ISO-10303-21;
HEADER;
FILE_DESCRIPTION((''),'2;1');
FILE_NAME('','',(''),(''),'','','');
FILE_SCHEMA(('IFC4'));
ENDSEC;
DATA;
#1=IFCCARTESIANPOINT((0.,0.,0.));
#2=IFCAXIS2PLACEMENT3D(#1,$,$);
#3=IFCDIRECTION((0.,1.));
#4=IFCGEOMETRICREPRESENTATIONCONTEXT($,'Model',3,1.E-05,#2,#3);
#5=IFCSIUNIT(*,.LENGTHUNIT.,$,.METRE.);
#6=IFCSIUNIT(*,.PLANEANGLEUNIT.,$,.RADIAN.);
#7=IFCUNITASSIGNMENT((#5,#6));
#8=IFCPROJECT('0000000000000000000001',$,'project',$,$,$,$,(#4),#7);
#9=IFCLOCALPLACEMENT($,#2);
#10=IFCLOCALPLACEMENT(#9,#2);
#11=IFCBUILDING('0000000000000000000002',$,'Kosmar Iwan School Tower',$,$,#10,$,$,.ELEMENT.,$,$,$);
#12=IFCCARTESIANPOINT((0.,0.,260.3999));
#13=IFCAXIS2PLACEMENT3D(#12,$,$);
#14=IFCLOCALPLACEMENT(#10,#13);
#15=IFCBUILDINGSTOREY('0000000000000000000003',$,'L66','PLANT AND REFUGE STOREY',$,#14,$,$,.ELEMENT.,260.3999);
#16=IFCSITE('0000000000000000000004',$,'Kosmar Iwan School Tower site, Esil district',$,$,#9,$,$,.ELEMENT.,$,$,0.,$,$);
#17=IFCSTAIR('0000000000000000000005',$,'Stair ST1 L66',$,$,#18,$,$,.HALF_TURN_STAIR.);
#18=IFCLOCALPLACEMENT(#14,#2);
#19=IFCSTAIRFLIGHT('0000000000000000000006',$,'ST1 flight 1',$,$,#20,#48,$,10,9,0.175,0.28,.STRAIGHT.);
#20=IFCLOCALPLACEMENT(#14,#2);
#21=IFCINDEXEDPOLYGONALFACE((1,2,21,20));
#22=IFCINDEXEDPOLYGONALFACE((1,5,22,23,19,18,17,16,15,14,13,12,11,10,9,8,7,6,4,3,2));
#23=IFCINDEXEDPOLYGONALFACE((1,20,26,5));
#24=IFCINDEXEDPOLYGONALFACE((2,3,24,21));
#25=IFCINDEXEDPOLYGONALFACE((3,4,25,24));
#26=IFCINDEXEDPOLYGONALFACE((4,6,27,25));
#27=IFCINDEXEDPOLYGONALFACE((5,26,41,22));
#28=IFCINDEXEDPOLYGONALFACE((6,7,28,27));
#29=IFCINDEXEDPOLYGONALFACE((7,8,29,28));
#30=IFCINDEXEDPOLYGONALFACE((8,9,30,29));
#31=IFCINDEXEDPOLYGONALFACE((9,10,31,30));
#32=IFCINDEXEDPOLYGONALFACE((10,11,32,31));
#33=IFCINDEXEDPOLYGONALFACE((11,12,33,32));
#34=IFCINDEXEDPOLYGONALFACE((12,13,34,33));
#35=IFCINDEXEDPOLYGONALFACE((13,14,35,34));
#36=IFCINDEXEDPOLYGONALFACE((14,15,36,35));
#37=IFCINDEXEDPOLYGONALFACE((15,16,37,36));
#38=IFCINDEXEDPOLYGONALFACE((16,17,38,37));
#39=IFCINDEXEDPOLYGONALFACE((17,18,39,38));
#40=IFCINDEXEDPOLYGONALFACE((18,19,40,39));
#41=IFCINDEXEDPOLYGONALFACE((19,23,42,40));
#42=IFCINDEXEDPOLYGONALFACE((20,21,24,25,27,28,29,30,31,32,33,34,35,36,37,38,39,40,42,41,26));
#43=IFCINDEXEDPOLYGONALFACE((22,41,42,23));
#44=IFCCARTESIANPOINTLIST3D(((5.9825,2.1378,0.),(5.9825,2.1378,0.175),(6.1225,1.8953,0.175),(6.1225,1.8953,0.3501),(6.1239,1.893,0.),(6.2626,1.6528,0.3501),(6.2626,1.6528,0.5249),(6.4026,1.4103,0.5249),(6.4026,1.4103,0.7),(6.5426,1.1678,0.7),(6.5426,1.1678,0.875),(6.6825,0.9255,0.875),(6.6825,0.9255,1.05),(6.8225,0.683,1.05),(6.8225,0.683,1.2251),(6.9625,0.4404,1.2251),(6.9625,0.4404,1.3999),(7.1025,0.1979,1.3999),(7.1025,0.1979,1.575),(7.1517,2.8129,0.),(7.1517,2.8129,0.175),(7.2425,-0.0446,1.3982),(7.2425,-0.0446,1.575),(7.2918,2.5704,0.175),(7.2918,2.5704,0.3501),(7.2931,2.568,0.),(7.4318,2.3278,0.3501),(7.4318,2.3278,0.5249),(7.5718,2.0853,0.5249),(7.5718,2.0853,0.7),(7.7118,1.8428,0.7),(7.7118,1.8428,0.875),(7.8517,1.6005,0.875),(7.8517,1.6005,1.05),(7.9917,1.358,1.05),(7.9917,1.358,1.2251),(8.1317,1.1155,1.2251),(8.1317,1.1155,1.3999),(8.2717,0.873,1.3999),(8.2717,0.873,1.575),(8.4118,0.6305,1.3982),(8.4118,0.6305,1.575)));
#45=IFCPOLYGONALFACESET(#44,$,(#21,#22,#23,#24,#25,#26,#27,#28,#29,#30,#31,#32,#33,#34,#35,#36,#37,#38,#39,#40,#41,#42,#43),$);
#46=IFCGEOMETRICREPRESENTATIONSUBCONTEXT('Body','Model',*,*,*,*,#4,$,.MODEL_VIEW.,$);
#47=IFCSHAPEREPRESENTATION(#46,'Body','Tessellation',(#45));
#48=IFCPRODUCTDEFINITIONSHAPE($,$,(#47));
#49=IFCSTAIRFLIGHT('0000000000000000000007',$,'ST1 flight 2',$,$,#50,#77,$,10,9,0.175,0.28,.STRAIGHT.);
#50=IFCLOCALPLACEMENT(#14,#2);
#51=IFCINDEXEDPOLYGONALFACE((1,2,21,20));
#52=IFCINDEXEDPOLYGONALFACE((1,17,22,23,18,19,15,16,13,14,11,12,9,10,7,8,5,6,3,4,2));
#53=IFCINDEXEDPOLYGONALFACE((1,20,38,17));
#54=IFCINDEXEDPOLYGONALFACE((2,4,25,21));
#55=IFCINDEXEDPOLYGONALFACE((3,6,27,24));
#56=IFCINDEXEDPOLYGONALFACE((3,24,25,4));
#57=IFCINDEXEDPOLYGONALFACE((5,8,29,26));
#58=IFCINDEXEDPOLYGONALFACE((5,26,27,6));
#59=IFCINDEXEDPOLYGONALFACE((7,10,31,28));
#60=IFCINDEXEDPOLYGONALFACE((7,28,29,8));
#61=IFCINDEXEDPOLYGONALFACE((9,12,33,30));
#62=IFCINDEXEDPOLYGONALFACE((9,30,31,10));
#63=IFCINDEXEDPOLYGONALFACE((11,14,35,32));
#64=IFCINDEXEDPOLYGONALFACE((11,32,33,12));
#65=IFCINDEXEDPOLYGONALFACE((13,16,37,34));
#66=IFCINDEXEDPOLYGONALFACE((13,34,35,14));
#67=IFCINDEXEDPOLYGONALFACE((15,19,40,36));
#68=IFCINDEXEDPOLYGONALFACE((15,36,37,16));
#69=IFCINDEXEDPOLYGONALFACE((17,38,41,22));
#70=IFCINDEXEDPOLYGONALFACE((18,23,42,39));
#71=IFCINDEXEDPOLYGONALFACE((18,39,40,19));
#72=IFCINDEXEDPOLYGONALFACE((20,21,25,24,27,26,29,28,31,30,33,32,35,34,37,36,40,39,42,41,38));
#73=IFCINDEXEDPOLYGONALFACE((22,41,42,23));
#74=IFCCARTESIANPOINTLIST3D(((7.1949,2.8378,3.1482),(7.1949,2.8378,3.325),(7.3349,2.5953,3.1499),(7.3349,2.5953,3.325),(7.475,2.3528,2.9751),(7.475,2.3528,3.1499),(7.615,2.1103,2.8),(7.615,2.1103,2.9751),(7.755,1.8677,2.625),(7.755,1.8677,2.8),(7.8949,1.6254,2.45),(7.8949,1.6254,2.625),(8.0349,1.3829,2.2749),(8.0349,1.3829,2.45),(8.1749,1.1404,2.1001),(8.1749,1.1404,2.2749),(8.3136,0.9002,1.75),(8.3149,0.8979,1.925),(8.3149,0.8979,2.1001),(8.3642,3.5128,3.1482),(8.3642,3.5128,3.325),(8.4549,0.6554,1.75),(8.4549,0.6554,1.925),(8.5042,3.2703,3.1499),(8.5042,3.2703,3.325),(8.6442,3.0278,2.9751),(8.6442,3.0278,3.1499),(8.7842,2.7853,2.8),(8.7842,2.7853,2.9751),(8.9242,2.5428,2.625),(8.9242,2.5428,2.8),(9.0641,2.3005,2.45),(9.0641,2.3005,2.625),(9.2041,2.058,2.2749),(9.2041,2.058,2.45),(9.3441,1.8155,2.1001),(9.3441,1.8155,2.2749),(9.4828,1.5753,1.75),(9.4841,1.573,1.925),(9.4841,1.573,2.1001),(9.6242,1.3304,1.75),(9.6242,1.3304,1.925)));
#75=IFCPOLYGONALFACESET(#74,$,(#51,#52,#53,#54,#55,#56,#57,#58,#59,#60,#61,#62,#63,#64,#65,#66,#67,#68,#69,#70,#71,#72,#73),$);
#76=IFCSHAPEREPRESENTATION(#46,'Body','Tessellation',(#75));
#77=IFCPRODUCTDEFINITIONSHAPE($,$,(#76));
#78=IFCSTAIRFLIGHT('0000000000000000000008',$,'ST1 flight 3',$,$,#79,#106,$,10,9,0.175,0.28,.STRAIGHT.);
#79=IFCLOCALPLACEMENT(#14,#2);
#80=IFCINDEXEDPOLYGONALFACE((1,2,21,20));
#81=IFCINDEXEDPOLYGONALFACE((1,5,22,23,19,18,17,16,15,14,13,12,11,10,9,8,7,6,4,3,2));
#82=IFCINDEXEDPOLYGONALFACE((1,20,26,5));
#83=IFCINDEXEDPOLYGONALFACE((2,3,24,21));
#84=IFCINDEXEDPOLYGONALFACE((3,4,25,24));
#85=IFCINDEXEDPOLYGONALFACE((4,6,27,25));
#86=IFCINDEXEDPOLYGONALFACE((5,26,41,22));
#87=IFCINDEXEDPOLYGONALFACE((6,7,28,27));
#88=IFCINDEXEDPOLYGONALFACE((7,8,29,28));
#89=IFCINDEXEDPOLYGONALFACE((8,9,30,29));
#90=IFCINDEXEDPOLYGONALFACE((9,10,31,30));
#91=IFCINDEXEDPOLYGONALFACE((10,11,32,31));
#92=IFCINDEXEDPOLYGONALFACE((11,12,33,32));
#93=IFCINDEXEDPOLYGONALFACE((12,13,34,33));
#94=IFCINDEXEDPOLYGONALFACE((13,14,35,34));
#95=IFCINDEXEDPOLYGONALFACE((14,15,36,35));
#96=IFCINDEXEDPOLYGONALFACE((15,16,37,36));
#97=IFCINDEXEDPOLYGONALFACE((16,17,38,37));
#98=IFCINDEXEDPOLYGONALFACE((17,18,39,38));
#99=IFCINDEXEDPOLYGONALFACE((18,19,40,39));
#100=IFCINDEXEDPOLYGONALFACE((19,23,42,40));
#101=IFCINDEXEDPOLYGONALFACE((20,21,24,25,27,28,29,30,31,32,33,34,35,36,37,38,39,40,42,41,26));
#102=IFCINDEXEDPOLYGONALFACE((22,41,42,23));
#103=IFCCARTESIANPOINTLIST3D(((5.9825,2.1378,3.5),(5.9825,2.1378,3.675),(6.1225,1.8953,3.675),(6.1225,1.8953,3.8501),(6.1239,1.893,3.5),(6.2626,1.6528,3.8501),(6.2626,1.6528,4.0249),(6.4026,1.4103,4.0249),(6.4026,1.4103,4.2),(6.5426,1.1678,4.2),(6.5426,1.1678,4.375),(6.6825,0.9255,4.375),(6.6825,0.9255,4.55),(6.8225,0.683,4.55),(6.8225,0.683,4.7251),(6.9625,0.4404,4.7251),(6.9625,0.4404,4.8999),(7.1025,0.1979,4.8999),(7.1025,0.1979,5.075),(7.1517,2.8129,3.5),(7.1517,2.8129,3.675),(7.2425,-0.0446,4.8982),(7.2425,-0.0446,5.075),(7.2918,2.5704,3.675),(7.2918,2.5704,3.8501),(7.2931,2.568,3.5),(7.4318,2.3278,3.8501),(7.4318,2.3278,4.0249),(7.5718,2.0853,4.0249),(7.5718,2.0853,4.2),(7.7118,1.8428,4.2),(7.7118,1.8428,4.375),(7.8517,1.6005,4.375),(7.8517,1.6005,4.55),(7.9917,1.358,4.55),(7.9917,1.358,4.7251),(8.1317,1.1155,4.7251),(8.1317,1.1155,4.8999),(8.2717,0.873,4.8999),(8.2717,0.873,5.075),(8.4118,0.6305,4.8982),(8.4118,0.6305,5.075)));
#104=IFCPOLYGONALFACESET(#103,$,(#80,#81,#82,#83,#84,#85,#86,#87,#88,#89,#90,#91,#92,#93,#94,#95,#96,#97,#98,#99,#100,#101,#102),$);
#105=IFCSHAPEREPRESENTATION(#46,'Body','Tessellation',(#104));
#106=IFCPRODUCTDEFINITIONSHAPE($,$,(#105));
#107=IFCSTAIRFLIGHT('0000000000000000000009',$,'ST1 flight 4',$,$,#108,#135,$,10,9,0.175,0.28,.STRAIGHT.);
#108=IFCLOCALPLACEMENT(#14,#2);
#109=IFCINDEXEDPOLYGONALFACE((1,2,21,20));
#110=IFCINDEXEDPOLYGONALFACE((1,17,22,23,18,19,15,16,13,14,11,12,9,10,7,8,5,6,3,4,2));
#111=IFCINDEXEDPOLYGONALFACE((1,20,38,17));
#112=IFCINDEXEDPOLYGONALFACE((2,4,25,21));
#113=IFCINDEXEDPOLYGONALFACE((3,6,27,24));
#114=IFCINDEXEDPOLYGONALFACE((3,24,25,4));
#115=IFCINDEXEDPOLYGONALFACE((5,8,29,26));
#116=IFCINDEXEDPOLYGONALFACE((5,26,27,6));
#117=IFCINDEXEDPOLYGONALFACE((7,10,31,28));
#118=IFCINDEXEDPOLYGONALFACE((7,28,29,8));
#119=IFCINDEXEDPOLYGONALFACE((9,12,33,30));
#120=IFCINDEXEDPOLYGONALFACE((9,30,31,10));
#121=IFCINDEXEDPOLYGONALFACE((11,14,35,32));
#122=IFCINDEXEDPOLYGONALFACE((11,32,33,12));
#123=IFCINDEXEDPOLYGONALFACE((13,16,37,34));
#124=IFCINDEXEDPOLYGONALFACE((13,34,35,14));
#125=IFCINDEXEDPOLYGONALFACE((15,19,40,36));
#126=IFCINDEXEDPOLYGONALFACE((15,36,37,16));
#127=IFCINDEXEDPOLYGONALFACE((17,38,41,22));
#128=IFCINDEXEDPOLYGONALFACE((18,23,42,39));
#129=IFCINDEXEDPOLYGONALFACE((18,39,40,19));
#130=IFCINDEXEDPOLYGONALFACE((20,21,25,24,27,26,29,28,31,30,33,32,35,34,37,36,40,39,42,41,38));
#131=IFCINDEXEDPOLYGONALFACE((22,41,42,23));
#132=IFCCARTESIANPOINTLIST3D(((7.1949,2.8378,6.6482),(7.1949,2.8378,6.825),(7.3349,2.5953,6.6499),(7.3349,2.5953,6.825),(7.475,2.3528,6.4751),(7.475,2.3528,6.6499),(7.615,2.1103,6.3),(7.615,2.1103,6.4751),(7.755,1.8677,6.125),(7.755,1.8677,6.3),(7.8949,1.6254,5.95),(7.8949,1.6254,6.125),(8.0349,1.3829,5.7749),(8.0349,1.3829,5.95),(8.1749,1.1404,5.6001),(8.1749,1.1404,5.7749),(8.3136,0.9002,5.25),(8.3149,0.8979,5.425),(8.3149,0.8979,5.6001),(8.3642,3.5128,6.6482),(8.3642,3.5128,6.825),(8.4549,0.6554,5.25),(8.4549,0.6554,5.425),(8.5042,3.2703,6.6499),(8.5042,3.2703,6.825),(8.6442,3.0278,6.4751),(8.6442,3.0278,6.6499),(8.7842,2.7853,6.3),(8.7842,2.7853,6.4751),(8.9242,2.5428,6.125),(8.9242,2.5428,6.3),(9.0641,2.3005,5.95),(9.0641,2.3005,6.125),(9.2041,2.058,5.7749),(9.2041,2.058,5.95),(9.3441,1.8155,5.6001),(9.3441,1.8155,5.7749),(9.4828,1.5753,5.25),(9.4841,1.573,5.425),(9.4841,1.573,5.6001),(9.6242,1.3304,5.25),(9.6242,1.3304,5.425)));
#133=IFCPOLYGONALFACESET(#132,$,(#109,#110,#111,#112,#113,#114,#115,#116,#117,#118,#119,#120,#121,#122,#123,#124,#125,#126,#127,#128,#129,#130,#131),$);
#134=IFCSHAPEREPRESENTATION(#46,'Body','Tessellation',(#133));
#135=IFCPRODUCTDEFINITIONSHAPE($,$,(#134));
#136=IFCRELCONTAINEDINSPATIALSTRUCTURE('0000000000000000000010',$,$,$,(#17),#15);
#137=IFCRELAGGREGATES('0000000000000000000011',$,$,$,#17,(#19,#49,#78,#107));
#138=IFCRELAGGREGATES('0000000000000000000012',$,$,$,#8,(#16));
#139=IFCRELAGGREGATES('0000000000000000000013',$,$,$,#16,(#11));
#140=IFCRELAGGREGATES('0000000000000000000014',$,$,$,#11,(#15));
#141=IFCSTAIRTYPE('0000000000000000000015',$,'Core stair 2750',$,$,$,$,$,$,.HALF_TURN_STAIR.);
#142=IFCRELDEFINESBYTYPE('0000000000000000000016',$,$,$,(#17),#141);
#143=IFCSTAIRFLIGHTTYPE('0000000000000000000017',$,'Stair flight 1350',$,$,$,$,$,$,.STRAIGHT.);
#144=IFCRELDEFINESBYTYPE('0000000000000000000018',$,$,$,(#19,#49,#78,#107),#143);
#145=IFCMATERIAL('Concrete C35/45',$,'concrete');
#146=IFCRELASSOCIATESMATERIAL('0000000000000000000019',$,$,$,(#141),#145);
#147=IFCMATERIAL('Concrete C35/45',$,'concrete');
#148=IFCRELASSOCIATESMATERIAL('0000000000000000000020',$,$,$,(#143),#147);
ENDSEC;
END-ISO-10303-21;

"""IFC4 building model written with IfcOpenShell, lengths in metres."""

from ifc_helpers import new_model, si_unit, direction, frame, origin, place, context, subcontext, project, spatial, polyline, outline, extrude, material, type_object, element, aggregate, save


model = new_model("IFC4")

# Units and contexts
model_context = context("Model", 3, precision=1e-05, world=origin(), true_north=direction((0.0, 1.0)))
body_context = subcontext(model_context, "Body", "Model", "MODEL_VIEW")
ifc_project = project(units=[si_unit("LENGTHUNIT", "METRE"), si_unit("PLANEANGLEUNIT", "RADIAN")], contexts=[model_context])

# Site, building, storey
site_placement = place(None, origin())
site = spatial("IfcSite", under=ifc_project, at=site_placement, Name="Kosmar Iwan School Tower site, Esil district", CompositionType="ELEMENT", RefElevation=0.0)
building_placement = place(site_placement, origin())
building = spatial("IfcBuilding", under=site, at=building_placement, Name="Kosmar Iwan School Tower", CompositionType="ELEMENT")
storey_placement = place(building_placement, frame((0.0, 0.0, 260.3999)))
storey = spatial("IfcBuildingStorey", under=building, at=storey_placement, Name="L66", Description="PLANT AND REFUGE STOREY", CompositionType="ELEMENT", Elevation=260.3999)

# Stair, stair flights
ifc_material_1 = material(Name="Concrete C35/45", Category="concrete")
stair_type = type_object("IfcStairType", Name="Core stair 2750", PredefinedType="HALF_TURN_STAIR", material=ifc_material_1)
stair_placement = place(storey_placement, origin())
stair = element("IfcStair", 1, at=stair_placement, inside=storey, type_object=stair_type, Name="Stair ST1 L66", PredefinedType="HALF_TURN_STAIR")
ifc_material_2 = material(Name="Concrete C35/45", Category="concrete")
stair_flight_type = type_object("IfcStairFlightType", Name="Stair flight 1350", PredefinedType="STRAIGHT", material=ifc_material_2)
stair_flight_1_placement = place(storey_placement, frame((6.5671, 2.4753, 0.0), z_axis=(0.0, 0.0, 1.0), x_axis=(0.5, -0.866025, 0.0)))
stair_flight_1 = element("IfcStairFlight", 2, at=stair_flight_1_placement, type_object=stair_flight_type, Name="ST1 flight 1", NumberOfRisers=10, NumberOfTreads=9, PredefinedType="STRAIGHT", RiserHeight=0.175, TreadLength=0.28, context=body_context, shape_type="SweptSolid", body=[
    extrude(outline(polyline([(0.0, 0.0), (0.0, 0.175), (0.28, 0.175), (0.28, 0.3501), (0.5601, 0.3501), (0.5601, 0.5249), (0.8401, 0.5249), (0.8401, 0.7), (1.1201, 0.7), (1.1201, 0.875), (1.3999, 0.875), (1.3999, 1.05), (1.6799, 1.05), (1.6799, 1.2251), (1.96, 1.2251), (1.96, 1.3999), (2.24, 1.3999), (2.24, 1.575), (2.52, 1.575), (2.52, 1.75), (2.52, 1.3982), (0.2827, 0.0), (0.0, 0.0)])), frame((0.0, 0.675, 0.0), z_axis=(0.0, -1.0, 0.0), x_axis=(1.0, 0.0, 0.0)), (0.0, 0.0, 1.0), 1.3501),
])
stair_flight_2_placement = place(storey_placement, frame((9.0396, 0.9929, 1.75), z_axis=(0.0, 0.0, 1.0), x_axis=(-0.5, 0.866025, 0.0)))
stair_flight_2 = element("IfcStairFlight", 3, at=stair_flight_2_placement, type_object=stair_flight_type, Name="ST1 flight 2", NumberOfRisers=10, NumberOfTreads=9, PredefinedType="STRAIGHT", RiserHeight=0.175, TreadLength=0.28, context=body_context, shape_type="SweptSolid", body=[
    extrude(outline(polyline([(0.0, 0.0), (0.0, 0.175), (0.28, 0.175), (0.28, 0.3501), (0.5601, 0.3501), (0.5601, 0.5249), (0.8401, 0.5249), (0.8401, 0.7), (1.1201, 0.7), (1.1201, 0.875), (1.3999, 0.875), (1.3999, 1.05), (1.6799, 1.05), (1.6799, 1.2251), (1.96, 1.2251), (1.96, 1.3999), (2.24, 1.3999), (2.24, 1.575), (2.52, 1.575), (2.52, 1.75), (2.52, 1.3982), (0.2827, 0.0), (0.0, 0.0)])), frame((0.0, 0.675, 0.0), z_axis=(0.0, -1.0, 0.0), x_axis=(1.0, 0.0, 0.0)), (0.0, 0.0, 1.0), 1.3501),
])
stair_flight_3_placement = place(storey_placement, frame((6.5671, 2.4753, 3.5), z_axis=(0.0, 0.0, 1.0), x_axis=(0.5, -0.866025, 0.0)))
stair_flight_3 = element("IfcStairFlight", 4, at=stair_flight_3_placement, type_object=stair_flight_type, Name="ST1 flight 3", NumberOfRisers=10, NumberOfTreads=9, PredefinedType="STRAIGHT", RiserHeight=0.175, TreadLength=0.28, context=body_context, shape_type="SweptSolid", body=[
    extrude(outline(polyline([(0.0, 0.0), (0.0, 0.175), (0.28, 0.175), (0.28, 0.3501), (0.5601, 0.3501), (0.5601, 0.5249), (0.8401, 0.5249), (0.8401, 0.7), (1.1201, 0.7), (1.1201, 0.875), (1.3999, 0.875), (1.3999, 1.05), (1.6799, 1.05), (1.6799, 1.2251), (1.96, 1.2251), (1.96, 1.3999), (2.24, 1.3999), (2.24, 1.575), (2.52, 1.575), (2.52, 1.75), (2.52, 1.3982), (0.2827, 0.0), (0.0, 0.0)])), frame((0.0, 0.675, 0.0), z_axis=(0.0, -1.0, 0.0), x_axis=(1.0, 0.0, 0.0)), (0.0, 0.0, 1.0), 1.3501),
])
stair_flight_4_placement = place(storey_placement, frame((9.0396, 0.9929, 5.25), z_axis=(0.0, 0.0, 1.0), x_axis=(-0.5, 0.866025, 0.0)))
stair_flight_4 = element("IfcStairFlight", 5, at=stair_flight_4_placement, type_object=stair_flight_type, Name="ST1 flight 4", NumberOfRisers=10, NumberOfTreads=9, PredefinedType="STRAIGHT", RiserHeight=0.175, TreadLength=0.28, context=body_context, shape_type="SweptSolid", body=[
    extrude(outline(polyline([(0.0, 0.0), (0.0, 0.175), (0.28, 0.175), (0.28, 0.3501), (0.5601, 0.3501), (0.5601, 0.5249), (0.8401, 0.5249), (0.8401, 0.7), (1.1201, 0.7), (1.1201, 0.875), (1.3999, 0.875), (1.3999, 1.05), (1.6799, 1.05), (1.6799, 1.2251), (1.96, 1.2251), (1.96, 1.3999), (2.24, 1.3999), (2.24, 1.575), (2.52, 1.575), (2.52, 1.75), (2.52, 1.3982), (0.2827, 0.0), (0.0, 0.0)])), frame((0.0, 0.675, 0.0), z_axis=(0.0, -1.0, 0.0), x_axis=(1.0, 0.0, 0.0)), (0.0, 0.0, 1.0), 1.3501),
])
aggregate(stair, [stair_flight_1, stair_flight_2, stair_flight_3, stair_flight_4])

save(model, "model.ifc")
